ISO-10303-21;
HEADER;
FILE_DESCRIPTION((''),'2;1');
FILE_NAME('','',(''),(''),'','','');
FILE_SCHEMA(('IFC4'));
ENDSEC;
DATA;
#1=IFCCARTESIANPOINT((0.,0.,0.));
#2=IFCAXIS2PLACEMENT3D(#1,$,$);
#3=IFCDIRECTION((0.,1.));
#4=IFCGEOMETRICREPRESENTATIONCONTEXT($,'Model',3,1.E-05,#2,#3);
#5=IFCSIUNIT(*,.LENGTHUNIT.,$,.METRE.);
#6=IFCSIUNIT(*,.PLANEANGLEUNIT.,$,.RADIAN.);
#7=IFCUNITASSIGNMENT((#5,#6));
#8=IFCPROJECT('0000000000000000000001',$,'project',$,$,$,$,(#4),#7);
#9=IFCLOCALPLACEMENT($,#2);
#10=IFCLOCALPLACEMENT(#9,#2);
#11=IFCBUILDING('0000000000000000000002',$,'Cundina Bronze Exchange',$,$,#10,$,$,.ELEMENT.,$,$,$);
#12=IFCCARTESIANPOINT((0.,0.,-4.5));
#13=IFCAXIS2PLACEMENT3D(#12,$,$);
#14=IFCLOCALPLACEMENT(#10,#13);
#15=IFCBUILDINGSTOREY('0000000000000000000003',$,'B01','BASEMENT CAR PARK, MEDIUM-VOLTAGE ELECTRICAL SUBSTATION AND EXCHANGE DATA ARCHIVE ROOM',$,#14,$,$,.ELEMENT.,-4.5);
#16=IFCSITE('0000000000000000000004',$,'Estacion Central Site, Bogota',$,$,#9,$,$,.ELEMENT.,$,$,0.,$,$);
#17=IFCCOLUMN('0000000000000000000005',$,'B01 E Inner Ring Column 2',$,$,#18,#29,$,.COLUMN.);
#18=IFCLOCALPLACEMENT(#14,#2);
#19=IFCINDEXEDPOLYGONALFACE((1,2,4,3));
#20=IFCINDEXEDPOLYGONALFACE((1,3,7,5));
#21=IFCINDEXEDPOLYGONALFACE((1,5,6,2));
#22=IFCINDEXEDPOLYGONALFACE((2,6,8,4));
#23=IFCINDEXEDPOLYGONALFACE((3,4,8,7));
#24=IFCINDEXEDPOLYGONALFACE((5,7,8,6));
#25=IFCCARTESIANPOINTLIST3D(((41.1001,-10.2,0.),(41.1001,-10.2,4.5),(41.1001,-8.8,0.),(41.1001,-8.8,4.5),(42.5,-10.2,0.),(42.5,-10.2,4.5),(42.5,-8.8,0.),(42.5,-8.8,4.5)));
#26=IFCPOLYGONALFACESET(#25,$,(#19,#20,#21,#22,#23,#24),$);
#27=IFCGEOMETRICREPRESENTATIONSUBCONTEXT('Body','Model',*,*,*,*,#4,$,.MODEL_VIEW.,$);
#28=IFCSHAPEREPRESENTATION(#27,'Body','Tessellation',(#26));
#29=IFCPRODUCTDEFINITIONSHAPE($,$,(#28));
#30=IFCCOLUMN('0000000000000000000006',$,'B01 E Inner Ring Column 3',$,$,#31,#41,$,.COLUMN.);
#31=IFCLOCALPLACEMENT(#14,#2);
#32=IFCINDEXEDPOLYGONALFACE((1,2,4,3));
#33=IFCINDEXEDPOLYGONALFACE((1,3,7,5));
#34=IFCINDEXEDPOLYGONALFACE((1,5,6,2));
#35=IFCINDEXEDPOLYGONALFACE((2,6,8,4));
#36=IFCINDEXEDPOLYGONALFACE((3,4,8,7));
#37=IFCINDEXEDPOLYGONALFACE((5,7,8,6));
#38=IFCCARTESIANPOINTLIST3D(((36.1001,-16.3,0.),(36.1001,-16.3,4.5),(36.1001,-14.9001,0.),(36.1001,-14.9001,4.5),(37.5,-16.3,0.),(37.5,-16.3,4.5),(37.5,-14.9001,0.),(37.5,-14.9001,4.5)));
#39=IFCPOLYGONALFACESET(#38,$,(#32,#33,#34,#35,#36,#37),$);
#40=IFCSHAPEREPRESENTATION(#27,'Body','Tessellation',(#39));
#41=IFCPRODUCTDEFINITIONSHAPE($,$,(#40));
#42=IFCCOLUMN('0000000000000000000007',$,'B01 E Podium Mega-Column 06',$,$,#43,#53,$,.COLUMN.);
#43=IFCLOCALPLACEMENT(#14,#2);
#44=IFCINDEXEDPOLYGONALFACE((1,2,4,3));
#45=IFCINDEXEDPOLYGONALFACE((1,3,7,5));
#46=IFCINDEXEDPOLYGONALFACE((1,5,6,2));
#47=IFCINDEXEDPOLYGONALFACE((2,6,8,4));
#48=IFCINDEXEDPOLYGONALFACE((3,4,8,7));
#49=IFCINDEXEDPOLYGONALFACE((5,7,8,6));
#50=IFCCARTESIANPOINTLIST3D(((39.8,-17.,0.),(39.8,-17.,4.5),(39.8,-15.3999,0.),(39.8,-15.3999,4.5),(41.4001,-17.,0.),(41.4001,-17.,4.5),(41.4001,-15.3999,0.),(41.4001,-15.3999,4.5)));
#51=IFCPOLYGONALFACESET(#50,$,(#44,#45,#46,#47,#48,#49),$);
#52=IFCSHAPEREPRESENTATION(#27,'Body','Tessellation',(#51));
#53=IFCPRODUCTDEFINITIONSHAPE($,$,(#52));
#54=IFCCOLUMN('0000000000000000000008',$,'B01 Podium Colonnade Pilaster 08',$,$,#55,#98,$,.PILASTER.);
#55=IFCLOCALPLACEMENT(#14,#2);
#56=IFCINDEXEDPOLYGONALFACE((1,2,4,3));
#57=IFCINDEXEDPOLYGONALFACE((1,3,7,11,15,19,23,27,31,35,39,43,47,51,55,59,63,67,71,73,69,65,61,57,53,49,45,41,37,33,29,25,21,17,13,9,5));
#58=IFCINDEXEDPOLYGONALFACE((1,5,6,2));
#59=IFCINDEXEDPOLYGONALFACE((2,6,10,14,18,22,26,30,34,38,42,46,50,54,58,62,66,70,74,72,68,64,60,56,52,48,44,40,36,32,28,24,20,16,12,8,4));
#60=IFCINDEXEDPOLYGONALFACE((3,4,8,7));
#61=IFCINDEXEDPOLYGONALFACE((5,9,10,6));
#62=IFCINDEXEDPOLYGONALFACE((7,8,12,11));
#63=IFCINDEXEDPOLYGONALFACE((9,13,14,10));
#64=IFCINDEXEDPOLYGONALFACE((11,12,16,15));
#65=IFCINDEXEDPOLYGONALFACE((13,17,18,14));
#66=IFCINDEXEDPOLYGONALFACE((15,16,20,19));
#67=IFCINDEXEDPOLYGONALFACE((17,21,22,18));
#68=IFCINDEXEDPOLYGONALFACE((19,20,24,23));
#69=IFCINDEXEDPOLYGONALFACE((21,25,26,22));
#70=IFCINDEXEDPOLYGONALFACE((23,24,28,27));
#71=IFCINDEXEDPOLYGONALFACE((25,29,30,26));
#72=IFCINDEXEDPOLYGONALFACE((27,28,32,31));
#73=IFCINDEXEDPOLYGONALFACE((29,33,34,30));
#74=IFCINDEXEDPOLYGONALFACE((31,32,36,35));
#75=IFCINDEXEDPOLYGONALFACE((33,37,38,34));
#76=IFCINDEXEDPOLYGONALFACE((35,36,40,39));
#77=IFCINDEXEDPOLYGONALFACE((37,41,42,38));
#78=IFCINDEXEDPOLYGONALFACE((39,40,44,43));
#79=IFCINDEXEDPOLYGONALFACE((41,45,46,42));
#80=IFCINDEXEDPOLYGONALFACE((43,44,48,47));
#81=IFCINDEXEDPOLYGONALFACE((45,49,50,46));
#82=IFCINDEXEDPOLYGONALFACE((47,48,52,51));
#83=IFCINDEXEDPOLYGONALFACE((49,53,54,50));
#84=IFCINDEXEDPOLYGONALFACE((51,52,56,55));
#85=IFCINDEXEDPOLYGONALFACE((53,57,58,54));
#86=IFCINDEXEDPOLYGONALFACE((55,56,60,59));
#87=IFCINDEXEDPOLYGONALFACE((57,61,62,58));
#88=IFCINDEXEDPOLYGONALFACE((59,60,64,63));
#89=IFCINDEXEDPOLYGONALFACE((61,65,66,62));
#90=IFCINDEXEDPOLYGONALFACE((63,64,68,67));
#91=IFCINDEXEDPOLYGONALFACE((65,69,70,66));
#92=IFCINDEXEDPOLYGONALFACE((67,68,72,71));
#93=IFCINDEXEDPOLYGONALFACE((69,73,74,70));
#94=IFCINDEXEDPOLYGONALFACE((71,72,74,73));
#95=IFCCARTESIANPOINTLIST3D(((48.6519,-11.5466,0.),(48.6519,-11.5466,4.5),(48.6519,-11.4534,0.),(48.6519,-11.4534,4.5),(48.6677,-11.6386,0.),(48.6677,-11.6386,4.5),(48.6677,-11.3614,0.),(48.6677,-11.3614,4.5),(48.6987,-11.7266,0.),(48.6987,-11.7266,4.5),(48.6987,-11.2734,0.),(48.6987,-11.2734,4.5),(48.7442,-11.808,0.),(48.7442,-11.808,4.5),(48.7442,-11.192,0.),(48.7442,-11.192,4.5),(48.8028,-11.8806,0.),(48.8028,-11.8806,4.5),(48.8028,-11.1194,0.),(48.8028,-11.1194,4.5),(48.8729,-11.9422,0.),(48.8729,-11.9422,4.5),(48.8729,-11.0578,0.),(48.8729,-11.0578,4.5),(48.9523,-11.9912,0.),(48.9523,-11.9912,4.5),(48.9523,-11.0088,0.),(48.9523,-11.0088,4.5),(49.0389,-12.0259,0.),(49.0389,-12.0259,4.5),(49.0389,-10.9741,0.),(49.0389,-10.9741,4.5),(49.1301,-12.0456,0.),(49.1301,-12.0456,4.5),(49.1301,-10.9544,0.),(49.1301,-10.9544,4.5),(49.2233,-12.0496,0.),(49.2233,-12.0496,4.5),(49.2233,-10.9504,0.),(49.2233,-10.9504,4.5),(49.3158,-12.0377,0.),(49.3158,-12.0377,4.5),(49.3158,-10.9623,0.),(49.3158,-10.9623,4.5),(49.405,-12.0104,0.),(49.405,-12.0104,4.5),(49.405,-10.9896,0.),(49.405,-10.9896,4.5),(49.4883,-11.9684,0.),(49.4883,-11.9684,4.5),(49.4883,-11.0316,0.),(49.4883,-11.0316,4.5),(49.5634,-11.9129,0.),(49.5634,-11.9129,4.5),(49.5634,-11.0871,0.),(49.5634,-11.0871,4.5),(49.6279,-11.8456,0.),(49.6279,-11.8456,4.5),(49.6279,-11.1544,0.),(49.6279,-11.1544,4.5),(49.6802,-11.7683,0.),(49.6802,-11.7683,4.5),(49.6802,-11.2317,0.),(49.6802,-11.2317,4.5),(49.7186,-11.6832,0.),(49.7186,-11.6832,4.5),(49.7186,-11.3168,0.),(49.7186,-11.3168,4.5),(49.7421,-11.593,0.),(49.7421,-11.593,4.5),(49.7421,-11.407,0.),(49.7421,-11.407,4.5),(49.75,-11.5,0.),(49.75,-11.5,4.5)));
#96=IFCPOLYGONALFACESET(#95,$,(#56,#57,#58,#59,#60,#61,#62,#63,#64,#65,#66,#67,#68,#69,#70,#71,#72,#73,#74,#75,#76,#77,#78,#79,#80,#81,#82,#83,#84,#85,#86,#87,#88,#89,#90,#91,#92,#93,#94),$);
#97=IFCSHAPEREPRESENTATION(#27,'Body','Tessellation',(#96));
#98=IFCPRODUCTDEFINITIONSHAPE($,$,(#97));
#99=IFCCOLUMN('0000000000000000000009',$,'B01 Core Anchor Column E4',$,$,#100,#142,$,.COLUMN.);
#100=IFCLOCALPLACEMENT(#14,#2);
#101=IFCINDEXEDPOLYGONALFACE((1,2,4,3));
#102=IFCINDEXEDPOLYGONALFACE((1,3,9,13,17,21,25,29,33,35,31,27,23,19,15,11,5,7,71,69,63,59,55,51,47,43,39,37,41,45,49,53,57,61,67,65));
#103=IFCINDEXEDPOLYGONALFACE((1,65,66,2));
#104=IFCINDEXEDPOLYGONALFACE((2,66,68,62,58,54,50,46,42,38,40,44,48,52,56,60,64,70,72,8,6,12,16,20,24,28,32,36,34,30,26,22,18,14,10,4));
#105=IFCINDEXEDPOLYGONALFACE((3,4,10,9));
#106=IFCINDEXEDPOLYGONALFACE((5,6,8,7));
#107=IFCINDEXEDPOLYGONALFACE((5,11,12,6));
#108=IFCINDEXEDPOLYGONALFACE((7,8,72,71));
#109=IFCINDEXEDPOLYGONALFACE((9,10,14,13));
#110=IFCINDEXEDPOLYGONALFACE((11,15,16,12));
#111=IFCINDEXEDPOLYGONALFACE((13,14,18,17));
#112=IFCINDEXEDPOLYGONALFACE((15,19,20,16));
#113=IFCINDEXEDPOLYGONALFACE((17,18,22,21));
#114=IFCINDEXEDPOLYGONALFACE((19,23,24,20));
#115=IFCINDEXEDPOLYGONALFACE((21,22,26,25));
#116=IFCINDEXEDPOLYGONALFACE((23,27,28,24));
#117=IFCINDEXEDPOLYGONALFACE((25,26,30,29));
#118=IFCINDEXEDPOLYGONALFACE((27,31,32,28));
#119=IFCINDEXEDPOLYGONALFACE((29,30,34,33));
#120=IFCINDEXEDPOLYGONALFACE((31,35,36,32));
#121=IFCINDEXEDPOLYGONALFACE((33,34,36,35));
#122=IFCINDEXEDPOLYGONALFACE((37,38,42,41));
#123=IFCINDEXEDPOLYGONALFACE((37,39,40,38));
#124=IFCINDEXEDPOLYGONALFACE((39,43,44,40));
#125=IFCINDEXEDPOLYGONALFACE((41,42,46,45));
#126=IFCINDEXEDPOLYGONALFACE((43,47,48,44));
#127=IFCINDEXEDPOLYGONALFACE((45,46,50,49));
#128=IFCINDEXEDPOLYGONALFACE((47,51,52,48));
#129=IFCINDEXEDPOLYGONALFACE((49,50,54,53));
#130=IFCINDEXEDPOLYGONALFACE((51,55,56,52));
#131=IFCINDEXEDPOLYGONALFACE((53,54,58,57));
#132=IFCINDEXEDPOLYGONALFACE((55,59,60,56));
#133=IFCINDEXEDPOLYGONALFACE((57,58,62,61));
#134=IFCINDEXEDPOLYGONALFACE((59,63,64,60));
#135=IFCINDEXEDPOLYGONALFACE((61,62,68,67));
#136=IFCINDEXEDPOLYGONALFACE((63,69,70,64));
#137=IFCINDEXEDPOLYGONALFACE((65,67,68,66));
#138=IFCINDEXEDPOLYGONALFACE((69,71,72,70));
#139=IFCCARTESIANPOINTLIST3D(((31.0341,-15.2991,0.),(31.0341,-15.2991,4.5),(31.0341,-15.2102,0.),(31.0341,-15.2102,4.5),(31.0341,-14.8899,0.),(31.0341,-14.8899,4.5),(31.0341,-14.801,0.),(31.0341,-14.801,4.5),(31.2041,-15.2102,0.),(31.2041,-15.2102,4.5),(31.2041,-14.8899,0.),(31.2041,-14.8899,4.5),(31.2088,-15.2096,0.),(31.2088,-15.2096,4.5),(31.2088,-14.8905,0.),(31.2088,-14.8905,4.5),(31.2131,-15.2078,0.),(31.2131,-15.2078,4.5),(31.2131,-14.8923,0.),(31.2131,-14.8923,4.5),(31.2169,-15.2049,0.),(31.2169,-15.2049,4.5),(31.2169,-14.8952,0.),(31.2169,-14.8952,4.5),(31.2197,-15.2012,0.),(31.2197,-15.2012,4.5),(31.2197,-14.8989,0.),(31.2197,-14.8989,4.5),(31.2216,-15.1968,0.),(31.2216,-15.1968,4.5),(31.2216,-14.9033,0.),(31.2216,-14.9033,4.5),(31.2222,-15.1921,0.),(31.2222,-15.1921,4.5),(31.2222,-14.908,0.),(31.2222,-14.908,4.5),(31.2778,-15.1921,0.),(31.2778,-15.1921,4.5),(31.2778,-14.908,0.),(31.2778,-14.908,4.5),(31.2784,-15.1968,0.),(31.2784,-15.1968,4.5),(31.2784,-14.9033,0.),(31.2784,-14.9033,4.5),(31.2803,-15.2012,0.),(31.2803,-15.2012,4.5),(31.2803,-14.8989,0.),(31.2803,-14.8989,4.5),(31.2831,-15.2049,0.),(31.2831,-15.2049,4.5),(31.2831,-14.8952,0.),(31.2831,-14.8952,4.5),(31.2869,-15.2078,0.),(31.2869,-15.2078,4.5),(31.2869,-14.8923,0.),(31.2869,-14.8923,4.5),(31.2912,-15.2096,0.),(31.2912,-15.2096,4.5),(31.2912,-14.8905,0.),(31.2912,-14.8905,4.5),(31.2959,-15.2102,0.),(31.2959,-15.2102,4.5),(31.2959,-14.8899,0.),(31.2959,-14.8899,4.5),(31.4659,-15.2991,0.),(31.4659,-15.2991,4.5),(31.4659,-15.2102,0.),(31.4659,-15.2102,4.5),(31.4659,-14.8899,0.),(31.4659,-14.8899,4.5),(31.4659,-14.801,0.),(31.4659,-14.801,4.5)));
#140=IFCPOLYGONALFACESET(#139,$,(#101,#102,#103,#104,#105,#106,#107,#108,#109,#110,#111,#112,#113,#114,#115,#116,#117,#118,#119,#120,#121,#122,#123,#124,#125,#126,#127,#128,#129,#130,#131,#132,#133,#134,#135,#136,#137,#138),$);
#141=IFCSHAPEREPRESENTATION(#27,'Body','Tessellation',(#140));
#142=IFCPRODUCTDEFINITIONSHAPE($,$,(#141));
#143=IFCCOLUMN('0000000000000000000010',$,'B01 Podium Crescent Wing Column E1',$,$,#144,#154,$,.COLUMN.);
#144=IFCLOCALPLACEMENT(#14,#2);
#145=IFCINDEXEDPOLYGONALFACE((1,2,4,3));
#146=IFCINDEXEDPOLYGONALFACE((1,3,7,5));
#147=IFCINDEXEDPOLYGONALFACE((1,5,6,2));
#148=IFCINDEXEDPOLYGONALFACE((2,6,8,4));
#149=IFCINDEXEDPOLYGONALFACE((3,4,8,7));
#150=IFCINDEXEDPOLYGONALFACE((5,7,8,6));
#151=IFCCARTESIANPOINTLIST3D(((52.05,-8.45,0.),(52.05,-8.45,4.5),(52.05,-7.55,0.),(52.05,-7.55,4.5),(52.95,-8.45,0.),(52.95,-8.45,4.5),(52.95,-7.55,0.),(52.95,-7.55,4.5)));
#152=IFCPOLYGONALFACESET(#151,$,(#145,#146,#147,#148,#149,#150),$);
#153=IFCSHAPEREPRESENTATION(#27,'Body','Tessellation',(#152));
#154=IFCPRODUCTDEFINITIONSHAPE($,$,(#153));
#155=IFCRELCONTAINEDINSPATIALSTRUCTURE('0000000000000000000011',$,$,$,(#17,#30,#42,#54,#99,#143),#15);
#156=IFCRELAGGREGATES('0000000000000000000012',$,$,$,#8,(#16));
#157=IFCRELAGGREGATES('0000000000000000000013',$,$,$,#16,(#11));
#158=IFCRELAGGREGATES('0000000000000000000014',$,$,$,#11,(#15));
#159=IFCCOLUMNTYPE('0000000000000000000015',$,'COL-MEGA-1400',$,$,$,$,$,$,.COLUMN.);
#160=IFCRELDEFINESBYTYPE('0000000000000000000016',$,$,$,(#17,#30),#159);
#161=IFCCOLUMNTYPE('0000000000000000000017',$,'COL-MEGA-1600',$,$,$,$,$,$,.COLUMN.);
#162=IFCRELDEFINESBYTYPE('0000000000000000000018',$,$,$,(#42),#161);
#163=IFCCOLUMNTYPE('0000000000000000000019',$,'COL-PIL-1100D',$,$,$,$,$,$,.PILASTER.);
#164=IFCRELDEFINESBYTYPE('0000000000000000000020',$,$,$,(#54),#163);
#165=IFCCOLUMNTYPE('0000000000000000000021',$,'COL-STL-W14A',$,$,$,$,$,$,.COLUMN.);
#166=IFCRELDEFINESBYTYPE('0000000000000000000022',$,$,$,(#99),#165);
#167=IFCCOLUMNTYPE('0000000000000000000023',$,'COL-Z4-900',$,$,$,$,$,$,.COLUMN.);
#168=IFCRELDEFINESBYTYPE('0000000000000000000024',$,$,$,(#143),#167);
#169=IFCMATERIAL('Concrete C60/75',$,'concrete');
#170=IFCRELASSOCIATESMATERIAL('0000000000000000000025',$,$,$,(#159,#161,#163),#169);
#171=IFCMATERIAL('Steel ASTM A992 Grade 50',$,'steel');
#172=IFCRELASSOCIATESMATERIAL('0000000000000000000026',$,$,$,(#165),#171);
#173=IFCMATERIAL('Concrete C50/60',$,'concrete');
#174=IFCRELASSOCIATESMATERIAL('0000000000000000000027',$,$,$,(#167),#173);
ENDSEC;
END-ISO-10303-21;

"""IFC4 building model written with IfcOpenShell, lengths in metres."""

from ifc_helpers import new_model, si_unit, direction, frame, origin, origin_2d, place, context, subcontext, project, spatial, rectangle, circle, i_section, extrude, material, material_profile, profile_set, type_object, element, save


model = new_model("IFC4")

# Units and contexts
model_context = context("Model", 3, precision=1e-05, world=origin(), true_north=direction((0.0, 1.0)))
body_context = subcontext(model_context, "Body", "Model", "MODEL_VIEW")
ifc_project = project(units=[si_unit("LENGTHUNIT", "METRE"), si_unit("PLANEANGLEUNIT", "RADIAN")], contexts=[model_context])

# Site, building, storey
site_placement = place(None, origin())
site = spatial("IfcSite", under=ifc_project, at=site_placement, Name="Estacion Central Site, Bogota", CompositionType="ELEMENT", RefElevation=0.0)
building_placement = place(site_placement, origin())
building = spatial("IfcBuilding", under=site, at=building_placement, Name="Cundina Bronze Exchange", CompositionType="ELEMENT")
storey_placement = place(building_placement, frame((0.0, 0.0, -4.5)))
storey = spatial("IfcBuildingStorey", under=building, at=storey_placement, Name="B01", Description="BASEMENT CAR PARK, MEDIUM-VOLTAGE ELECTRICAL SUBSTATION AND EXCHANGE DATA ARCHIVE ROOM", CompositionType="ELEMENT", Elevation=-4.5)

# Columns
ifc_material_1 = material(Name="Concrete C60/75", Category="concrete")
ifc_material_profile_1 = material_profile(ifc_material_1, rectangle(XDim=1.3999, YDim=1.3999, at=origin_2d()), Name="RC1400X1400", Category="concrete")
ifc_profile_set_1 = profile_set([ifc_material_profile_1], Name="Concrete C60/75")
column_type_1 = type_object("IfcColumnType", Name="COL-MEGA-1400", PredefinedType="COLUMN", material=ifc_profile_set_1)
for number, where, z_axis, x_axis, name in (
    (1, (41.8, -9.5, 0.0), (0.0, 0.0, 1.0), (1.0, 0.0, 0.0), "B01 E Inner Ring Column 2"),
    (2, (36.8, -15.6001, 0.0), (0.0, 0.0, 1.0), (1.0, 0.0, 0.0), "B01 E Inner Ring Column 3"),
):
    element("IfcColumn", number, at=place(storey_placement, frame(where, z_axis=z_axis, x_axis=x_axis)), inside=storey, type_object=column_type_1, Name=name, PredefinedType="COLUMN", context=body_context, shape_type="SweptSolid", body=[
        extrude(rectangle(XDim=1.3999, YDim=1.3999, at=origin_2d()), origin(), (0.0, 0.0, 1.0), 4.5),
    ])
ifc_material_profile_2 = material_profile(ifc_material_1, rectangle(XDim=1.6001, YDim=1.6001, at=origin_2d()), Name="RC1600X1600", Category="concrete")
ifc_profile_set_2 = profile_set([ifc_material_profile_2], Name="Concrete C60/75")
column_type_2 = type_object("IfcColumnType", Name="COL-MEGA-1600", PredefinedType="COLUMN", material=ifc_profile_set_2)
column_1_placement = place(storey_placement, frame((40.6001, -16.2, 0.0), z_axis=(0.0, 0.0, 1.0), x_axis=(1.0, 0.0, 0.0)))
element("IfcColumn", 3, at=column_1_placement, inside=storey, type_object=column_type_2, Name="B01 E Podium Mega-Column 06", PredefinedType="COLUMN", context=body_context, shape_type="SweptSolid", body=[
    extrude(rectangle(XDim=1.6001, YDim=1.6001, at=origin_2d()), origin(), (0.0, 0.0, 1.0), 4.5),
])
ifc_material_profile_3 = material_profile(ifc_material_1, circle(Radius=0.55, at=origin_2d()), Name="RC1100D", Category="concrete")
ifc_profile_set_3 = profile_set([ifc_material_profile_3], Name="Concrete C60/75")
column_type_3 = type_object("IfcColumnType", Name="COL-PIL-1100D", PredefinedType="PILASTER", material=ifc_profile_set_3)
column_2_placement = place(storey_placement, frame((49.2, -11.5, 0.0), z_axis=(0.0, 0.0, 1.0), x_axis=(1.0, 0.0, 0.0)))
element("IfcColumn", 4, at=column_2_placement, inside=storey, type_object=column_type_3, Name="B01 Podium Colonnade Pilaster 08", PredefinedType="PILASTER", context=body_context, shape_type="SweptSolid", body=[
    extrude(circle(Radius=0.55, at=origin_2d()), origin(), (0.0, 0.0, 1.0), 4.5),
])
ifc_material_2 = material(Name="Steel ASTM A992 Grade 50", Category="steel")
ifc_material_profile_4 = material_profile(ifc_material_2, i_section(OverallWidth=0.4319, OverallDepth=0.498, WebThickness=0.0557, FlangeThickness=0.0889, FilletRadius=0.0181, at=origin_2d()), Name="W14X500", Category="steel")
ifc_profile_set_4 = profile_set([ifc_material_profile_4], Name="Steel ASTM A992 Grade 50")
column_type_4 = type_object("IfcColumnType", Name="COL-STL-W14A", PredefinedType="COLUMN", material=ifc_profile_set_4)
column_3_placement = place(storey_placement, frame((31.25, -15.05, 0.0), z_axis=(0.0, 0.0, 1.0), x_axis=(1.0, 0.0, 0.0)))
element("IfcColumn", 5, at=column_3_placement, inside=storey, type_object=column_type_4, Name="B01 Core Anchor Column E4", PredefinedType="COLUMN", context=body_context, shape_type="SweptSolid", body=[
    extrude(i_section(OverallWidth=0.4319, OverallDepth=0.498, WebThickness=0.0557, FlangeThickness=0.0889, FilletRadius=0.0181, at=origin_2d()), origin(), (0.0, 0.0, 1.0), 4.5),
])
ifc_material_3 = material(Name="Concrete C50/60", Category="concrete")
ifc_material_profile_5 = material_profile(ifc_material_3, rectangle(XDim=0.8999, YDim=0.8999, at=origin_2d()), Name="RC900X900", Category="concrete")
ifc_profile_set_5 = profile_set([ifc_material_profile_5], Name="Concrete C50/60")
column_type_5 = type_object("IfcColumnType", Name="COL-Z4-900", PredefinedType="COLUMN", material=ifc_profile_set_5)
column_4_placement = place(storey_placement, frame((52.5, -8.0, 0.0), z_axis=(0.0, 0.0, 1.0), x_axis=(1.0, 0.0, 0.0)))
element("IfcColumn", 6, at=column_4_placement, inside=storey, type_object=column_type_5, Name="B01 Podium Crescent Wing Column E1", PredefinedType="COLUMN", context=body_context, shape_type="SweptSolid", body=[
    extrude(rectangle(XDim=0.8999, YDim=0.8999, at=origin_2d()), origin(), (0.0, 0.0, 1.0), 4.5),
])

save(model, "model.ifc")
